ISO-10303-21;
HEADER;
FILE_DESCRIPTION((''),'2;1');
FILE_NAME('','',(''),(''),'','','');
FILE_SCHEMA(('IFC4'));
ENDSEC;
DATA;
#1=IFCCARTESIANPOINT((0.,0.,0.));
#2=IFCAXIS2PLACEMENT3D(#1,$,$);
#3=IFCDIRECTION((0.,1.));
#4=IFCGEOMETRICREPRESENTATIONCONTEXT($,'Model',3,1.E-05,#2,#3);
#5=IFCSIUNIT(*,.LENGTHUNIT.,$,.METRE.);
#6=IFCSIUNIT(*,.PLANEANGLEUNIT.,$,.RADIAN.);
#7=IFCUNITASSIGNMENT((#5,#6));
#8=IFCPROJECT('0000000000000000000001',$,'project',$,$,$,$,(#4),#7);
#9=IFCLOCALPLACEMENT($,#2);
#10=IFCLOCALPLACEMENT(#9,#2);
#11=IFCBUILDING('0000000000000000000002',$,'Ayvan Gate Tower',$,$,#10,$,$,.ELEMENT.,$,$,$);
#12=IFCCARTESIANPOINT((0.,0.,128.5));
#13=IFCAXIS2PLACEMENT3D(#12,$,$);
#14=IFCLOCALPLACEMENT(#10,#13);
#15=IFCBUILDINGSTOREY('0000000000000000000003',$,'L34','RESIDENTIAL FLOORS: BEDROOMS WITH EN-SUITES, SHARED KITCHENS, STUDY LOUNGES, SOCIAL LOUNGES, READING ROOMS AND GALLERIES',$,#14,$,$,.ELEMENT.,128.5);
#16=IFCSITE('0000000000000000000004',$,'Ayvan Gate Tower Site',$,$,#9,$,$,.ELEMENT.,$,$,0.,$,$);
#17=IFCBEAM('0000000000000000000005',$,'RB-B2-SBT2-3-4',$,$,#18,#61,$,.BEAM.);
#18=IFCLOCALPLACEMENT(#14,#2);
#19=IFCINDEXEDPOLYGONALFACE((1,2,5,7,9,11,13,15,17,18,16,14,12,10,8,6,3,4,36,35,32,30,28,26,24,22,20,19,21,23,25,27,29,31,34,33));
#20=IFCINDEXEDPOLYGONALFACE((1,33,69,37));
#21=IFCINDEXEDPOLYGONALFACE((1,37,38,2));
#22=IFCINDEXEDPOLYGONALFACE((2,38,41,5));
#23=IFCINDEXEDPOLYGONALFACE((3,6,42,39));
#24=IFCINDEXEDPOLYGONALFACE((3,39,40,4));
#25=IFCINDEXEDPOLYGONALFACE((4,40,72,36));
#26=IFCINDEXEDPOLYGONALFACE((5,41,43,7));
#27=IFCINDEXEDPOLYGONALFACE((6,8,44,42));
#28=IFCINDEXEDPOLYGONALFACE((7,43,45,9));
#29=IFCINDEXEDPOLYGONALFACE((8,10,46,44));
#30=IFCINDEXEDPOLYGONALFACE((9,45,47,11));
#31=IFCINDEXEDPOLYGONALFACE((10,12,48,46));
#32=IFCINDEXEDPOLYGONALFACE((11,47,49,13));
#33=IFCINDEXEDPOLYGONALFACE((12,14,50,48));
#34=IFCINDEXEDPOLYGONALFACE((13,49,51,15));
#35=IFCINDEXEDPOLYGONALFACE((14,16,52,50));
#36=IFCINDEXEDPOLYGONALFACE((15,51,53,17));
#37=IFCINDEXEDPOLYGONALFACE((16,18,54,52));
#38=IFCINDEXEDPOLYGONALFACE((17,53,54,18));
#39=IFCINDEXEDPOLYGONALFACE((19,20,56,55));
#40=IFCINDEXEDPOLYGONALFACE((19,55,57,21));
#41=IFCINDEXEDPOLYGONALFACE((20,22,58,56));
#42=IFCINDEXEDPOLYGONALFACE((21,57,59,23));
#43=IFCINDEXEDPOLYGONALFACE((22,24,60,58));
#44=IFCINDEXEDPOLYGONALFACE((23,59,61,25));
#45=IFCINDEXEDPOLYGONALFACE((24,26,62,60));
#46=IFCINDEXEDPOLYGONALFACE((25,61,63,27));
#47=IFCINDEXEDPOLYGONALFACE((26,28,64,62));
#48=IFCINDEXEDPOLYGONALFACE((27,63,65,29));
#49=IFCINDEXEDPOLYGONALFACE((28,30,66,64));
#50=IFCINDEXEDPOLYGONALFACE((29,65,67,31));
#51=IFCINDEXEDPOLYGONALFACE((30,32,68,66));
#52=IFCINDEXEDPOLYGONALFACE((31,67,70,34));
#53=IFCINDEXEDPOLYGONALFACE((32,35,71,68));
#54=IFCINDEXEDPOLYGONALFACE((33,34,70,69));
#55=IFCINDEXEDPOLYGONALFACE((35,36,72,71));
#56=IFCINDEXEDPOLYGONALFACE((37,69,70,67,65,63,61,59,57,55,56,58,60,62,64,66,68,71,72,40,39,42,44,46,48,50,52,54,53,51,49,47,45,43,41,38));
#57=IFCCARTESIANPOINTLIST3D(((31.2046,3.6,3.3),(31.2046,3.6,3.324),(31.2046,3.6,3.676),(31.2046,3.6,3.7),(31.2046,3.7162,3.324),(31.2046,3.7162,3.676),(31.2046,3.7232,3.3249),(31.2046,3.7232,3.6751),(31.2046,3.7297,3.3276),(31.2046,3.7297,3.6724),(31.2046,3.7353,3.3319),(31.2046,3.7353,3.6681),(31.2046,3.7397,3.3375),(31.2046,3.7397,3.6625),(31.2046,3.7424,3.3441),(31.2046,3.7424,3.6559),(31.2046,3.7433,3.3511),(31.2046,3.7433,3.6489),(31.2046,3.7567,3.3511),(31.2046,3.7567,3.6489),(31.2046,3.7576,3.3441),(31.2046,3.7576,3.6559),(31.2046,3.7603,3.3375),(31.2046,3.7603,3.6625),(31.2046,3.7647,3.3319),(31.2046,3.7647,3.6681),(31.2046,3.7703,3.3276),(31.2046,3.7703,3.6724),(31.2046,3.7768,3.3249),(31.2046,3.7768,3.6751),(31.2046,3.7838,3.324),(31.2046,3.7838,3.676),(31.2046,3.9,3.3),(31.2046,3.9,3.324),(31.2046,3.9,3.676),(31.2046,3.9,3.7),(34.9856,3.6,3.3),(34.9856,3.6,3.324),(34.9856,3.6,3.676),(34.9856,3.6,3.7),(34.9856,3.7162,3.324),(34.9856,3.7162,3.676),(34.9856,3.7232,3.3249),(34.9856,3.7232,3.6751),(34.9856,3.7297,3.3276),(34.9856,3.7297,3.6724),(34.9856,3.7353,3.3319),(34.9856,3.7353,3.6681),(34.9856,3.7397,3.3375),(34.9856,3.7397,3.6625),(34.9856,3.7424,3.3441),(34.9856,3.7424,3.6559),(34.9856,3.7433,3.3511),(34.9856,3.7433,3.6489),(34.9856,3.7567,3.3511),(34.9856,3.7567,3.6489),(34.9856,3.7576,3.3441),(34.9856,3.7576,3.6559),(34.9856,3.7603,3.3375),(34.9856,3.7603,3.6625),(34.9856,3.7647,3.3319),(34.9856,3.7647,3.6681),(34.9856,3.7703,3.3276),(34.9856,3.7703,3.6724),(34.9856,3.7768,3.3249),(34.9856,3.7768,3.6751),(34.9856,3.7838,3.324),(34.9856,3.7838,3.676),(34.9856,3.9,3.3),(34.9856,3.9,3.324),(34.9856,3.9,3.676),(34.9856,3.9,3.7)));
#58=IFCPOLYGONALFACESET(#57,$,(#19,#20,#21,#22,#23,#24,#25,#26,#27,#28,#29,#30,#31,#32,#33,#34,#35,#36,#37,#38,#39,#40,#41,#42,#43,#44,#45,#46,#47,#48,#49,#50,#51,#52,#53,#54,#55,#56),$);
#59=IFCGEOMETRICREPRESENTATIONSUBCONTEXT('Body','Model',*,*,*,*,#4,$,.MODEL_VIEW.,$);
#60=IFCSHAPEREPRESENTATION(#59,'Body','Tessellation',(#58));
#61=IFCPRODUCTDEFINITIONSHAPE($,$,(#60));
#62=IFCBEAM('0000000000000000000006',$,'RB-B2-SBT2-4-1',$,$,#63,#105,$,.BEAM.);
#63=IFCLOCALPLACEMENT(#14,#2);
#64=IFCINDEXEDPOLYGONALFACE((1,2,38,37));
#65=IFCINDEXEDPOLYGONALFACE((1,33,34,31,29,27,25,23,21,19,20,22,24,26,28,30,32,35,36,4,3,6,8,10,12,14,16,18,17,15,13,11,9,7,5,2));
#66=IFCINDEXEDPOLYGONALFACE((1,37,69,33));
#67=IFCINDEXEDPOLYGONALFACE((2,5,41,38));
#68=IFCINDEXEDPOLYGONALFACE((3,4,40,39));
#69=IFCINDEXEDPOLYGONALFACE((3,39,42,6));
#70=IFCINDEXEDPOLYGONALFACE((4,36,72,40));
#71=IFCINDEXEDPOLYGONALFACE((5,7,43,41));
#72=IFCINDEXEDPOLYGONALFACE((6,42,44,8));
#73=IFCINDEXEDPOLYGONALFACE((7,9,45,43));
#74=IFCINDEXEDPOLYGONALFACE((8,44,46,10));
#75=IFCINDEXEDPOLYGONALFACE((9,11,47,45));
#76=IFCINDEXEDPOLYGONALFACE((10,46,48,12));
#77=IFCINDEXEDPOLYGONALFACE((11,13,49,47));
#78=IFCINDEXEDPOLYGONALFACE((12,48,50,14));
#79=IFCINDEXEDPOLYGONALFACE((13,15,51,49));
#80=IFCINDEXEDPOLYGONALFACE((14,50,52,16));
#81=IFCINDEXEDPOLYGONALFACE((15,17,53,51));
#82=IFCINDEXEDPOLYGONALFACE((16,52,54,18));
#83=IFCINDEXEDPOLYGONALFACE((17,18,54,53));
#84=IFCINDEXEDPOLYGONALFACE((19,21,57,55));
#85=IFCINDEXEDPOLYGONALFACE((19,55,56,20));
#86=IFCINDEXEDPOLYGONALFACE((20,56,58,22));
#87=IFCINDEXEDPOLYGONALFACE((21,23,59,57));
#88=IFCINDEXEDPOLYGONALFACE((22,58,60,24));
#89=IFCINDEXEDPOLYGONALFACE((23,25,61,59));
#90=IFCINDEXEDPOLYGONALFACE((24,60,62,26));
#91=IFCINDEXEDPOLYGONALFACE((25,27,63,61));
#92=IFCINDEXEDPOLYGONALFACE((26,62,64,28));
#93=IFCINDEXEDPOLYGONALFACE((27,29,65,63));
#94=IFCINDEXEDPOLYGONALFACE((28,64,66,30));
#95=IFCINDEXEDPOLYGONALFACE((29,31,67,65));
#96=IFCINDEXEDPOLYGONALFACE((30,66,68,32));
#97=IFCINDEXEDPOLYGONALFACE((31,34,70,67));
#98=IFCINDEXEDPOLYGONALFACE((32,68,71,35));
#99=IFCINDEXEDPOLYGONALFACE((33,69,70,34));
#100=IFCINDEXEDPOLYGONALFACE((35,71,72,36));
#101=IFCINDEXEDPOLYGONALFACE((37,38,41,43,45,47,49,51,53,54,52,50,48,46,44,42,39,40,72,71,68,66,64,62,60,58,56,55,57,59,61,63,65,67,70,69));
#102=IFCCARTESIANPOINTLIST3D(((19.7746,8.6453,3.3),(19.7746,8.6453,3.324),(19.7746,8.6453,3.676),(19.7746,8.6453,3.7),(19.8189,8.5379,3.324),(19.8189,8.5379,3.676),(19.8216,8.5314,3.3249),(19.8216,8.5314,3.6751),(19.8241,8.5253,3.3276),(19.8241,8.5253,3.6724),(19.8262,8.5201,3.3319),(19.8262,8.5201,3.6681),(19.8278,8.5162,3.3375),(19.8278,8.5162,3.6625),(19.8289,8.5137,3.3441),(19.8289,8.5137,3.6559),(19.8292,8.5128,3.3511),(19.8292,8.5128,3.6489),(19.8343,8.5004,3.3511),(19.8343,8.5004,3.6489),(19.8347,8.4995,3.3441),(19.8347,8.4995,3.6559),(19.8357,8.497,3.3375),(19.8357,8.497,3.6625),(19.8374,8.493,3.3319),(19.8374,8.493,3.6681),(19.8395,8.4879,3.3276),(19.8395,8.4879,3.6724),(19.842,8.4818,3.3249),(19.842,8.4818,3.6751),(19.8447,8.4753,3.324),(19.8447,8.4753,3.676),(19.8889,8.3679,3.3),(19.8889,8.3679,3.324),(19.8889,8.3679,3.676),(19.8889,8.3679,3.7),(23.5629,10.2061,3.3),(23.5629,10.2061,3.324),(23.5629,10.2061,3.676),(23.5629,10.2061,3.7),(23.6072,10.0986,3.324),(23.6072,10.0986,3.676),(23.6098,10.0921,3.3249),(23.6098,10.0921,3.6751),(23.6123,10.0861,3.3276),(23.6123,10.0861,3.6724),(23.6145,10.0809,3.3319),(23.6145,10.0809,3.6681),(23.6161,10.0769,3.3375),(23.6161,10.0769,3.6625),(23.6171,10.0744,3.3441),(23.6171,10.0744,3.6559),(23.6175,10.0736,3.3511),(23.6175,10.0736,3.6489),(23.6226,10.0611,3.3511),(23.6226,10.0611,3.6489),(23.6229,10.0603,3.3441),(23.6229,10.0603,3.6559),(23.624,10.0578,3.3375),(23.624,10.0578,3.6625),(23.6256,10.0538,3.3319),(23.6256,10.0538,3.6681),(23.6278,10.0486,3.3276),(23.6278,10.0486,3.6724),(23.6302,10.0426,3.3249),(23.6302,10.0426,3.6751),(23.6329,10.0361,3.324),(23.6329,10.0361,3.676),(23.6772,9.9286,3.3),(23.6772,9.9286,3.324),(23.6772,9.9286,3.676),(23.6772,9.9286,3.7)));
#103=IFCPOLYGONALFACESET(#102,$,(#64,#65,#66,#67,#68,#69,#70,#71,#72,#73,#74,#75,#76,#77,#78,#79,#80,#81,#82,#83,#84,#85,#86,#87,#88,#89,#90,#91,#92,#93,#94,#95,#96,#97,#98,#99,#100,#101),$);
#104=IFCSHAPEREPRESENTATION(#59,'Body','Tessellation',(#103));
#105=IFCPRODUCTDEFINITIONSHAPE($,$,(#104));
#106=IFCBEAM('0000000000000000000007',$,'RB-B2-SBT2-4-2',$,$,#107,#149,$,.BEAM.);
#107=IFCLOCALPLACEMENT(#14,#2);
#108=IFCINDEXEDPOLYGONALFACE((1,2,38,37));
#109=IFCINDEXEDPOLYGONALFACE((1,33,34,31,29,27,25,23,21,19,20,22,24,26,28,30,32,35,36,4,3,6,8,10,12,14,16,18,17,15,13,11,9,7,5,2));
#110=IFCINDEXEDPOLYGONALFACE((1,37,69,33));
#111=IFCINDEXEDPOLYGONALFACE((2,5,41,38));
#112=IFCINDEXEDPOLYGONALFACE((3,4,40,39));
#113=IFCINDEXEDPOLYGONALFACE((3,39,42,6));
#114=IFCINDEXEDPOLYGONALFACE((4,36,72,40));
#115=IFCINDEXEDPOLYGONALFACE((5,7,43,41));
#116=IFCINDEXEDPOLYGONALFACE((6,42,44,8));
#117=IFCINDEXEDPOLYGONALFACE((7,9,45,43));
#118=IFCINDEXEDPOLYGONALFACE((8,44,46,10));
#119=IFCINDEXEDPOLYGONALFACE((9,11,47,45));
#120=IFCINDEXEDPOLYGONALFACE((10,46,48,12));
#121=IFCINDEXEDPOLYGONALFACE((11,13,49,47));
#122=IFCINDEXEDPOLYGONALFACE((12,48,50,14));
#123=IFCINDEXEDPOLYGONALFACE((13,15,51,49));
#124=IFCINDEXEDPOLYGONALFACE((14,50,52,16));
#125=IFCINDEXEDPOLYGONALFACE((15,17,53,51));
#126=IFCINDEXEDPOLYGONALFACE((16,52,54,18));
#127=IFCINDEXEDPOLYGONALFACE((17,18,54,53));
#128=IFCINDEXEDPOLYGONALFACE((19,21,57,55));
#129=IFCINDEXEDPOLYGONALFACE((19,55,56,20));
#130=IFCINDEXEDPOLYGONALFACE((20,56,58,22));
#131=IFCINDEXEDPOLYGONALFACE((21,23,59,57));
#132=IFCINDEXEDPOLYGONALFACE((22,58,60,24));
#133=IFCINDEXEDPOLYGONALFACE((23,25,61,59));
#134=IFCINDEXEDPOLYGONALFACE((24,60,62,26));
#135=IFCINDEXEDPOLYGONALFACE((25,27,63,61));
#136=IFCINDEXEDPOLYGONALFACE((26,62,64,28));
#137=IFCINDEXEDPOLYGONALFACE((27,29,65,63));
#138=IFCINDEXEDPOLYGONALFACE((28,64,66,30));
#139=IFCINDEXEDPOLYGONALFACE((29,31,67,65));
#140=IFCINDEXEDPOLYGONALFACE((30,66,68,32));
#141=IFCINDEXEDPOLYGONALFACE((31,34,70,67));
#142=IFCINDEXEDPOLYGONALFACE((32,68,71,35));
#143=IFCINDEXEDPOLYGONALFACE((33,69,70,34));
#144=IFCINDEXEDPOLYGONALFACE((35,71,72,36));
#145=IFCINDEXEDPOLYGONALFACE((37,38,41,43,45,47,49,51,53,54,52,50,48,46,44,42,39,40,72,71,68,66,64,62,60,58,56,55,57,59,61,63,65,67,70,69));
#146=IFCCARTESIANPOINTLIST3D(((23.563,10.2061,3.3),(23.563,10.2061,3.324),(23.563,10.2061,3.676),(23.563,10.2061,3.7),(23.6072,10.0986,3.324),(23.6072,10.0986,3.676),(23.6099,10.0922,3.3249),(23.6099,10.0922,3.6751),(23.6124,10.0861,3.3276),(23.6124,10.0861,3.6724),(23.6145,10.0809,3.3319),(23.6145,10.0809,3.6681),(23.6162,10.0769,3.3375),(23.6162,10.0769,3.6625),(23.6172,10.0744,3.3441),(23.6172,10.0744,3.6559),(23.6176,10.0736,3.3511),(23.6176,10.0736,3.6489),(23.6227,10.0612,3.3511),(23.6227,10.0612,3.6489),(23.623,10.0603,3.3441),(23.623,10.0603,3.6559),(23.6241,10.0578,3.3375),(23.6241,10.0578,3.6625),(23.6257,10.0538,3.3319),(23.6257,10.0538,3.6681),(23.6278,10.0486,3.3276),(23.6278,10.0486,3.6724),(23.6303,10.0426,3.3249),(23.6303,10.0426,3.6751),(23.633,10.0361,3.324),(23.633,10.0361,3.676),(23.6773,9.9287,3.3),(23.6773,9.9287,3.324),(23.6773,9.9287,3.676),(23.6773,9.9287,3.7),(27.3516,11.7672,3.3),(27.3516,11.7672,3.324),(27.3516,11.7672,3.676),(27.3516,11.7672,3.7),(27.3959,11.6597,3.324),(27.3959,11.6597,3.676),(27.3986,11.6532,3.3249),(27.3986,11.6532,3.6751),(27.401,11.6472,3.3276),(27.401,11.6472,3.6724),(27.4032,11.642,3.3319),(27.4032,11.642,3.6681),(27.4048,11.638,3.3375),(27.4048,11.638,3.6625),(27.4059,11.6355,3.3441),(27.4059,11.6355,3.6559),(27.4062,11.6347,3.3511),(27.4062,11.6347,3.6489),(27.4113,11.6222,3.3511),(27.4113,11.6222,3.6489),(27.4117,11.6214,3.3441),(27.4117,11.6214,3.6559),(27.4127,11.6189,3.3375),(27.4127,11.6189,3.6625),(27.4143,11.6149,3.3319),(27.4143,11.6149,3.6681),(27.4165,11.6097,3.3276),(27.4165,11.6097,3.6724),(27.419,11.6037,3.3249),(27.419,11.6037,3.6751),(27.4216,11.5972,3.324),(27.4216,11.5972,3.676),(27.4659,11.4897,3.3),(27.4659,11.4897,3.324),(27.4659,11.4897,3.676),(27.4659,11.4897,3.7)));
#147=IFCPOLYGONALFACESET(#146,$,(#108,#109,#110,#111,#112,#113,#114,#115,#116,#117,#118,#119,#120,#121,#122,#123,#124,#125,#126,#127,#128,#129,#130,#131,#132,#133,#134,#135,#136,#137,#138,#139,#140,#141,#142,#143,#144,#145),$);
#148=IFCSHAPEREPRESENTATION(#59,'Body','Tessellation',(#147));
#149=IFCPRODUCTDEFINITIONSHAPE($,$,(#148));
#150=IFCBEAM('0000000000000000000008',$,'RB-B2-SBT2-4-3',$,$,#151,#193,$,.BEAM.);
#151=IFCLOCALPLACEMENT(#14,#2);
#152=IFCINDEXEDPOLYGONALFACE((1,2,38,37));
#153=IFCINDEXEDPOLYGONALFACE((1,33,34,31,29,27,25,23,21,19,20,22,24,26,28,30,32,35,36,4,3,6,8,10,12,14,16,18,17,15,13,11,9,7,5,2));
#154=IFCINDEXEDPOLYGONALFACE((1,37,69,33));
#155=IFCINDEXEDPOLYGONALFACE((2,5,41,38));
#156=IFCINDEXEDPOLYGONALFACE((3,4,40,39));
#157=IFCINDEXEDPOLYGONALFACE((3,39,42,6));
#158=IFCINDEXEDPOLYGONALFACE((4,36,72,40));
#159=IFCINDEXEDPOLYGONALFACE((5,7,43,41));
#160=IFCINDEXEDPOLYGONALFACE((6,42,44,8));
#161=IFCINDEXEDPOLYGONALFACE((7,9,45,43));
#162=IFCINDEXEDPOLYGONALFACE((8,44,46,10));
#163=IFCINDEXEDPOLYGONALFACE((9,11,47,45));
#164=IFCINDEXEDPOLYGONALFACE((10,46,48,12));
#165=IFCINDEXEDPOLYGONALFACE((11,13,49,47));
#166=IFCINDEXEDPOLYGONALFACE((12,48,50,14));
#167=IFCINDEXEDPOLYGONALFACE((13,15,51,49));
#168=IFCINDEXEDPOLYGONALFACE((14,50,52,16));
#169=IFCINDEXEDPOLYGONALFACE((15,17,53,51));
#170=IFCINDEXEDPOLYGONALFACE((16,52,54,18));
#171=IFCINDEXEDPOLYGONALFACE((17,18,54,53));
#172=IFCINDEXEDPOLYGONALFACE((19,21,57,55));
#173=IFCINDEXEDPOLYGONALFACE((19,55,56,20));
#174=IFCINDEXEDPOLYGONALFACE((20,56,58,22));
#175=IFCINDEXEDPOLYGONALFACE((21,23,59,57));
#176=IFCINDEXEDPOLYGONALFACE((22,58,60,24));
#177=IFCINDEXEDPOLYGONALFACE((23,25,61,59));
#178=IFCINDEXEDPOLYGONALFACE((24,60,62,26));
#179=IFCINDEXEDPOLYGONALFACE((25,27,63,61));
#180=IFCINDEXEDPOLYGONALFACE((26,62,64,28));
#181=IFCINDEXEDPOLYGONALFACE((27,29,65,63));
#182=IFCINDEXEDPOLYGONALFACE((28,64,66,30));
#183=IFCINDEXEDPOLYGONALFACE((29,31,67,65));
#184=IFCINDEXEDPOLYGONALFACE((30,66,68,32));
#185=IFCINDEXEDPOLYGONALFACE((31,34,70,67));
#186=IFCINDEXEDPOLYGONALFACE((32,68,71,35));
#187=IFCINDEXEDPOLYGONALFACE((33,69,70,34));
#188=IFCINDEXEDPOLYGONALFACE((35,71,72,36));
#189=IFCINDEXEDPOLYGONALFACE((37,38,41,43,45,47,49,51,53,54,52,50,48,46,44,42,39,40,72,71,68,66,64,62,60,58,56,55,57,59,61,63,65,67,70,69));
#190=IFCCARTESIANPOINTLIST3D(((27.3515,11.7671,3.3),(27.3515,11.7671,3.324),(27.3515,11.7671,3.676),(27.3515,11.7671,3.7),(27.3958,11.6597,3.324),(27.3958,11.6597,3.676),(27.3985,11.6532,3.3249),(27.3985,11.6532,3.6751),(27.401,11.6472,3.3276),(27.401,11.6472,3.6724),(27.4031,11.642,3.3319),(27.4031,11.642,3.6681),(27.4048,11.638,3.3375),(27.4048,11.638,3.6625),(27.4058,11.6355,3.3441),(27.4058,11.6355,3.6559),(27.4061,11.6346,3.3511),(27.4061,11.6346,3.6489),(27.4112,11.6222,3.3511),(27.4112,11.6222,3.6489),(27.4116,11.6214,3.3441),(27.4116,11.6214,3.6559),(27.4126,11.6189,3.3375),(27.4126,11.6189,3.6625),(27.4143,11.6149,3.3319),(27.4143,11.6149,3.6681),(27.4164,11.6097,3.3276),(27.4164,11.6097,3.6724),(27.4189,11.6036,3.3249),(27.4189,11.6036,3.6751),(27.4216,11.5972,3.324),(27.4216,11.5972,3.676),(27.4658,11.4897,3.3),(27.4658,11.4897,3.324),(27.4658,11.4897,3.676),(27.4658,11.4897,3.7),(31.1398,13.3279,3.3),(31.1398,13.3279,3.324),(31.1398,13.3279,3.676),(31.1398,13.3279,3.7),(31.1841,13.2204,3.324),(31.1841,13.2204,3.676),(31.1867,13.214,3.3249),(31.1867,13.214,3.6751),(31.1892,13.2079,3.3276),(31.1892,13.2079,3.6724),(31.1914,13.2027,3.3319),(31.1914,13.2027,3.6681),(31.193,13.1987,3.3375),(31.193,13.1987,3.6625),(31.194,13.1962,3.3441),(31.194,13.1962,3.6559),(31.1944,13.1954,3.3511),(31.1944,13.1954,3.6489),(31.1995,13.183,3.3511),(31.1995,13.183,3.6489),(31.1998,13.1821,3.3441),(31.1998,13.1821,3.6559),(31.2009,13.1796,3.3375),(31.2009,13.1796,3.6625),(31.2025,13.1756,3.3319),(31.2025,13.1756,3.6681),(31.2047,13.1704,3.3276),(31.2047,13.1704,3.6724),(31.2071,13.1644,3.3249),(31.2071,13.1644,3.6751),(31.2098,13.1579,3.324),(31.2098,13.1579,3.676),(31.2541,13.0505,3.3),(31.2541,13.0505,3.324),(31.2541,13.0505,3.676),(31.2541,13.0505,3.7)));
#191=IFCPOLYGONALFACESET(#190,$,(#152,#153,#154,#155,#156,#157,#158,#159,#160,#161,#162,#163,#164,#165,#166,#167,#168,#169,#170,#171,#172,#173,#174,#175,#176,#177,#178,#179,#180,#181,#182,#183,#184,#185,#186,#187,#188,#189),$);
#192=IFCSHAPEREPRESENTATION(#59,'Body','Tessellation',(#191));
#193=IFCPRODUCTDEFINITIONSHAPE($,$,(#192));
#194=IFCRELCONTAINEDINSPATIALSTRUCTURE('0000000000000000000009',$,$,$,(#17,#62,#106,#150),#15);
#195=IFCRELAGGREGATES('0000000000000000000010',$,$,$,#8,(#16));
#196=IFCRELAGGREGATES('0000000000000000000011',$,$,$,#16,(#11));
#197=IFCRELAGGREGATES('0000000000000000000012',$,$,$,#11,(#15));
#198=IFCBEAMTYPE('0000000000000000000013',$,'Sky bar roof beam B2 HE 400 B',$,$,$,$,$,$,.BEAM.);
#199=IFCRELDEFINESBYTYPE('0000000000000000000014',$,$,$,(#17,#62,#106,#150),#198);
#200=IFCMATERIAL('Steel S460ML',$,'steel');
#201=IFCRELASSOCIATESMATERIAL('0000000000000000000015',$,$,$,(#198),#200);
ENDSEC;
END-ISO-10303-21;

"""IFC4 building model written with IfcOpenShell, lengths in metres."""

from ifc_helpers import new_model, si_unit, direction, frame, origin, origin_2d, place, context, subcontext, project, spatial, i_section, extrude, material, material_profile, profile_set, type_object, element, save


model = new_model("IFC4")

# Units and contexts
model_context = context("Model", 3, precision=1e-05, world=origin(), true_north=direction((0.0, 1.0)))
body_context = subcontext(model_context, "Body", "Model", "MODEL_VIEW")
ifc_project = project(units=[si_unit("LENGTHUNIT", "METRE"), si_unit("PLANEANGLEUNIT", "RADIAN")], contexts=[model_context])

# Site, building, storey
site_placement = place(None, origin())
site = spatial("IfcSite", under=ifc_project, at=site_placement, Name="Ayvan Gate Tower Site", CompositionType="ELEMENT", RefElevation=0.0)
building_placement = place(site_placement, origin())
building = spatial("IfcBuilding", under=site, at=building_placement, Name="Ayvan Gate Tower", CompositionType="ELEMENT")
storey_placement = place(building_placement, frame((0.0, 0.0, 128.5)))
storey = spatial("IfcBuildingStorey", under=building, at=storey_placement, Name="L34", Description="RESIDENTIAL FLOORS: BEDROOMS WITH EN-SUITES, SHARED KITCHENS, STUDY LOUNGES, SOCIAL LOUNGES, READING ROOMS AND GALLERIES", CompositionType="ELEMENT", Elevation=128.5)

# Beams
ifc_material_1 = material(Name="Steel S460ML", Category="steel")
ifc_material_profile_1 = material_profile(ifc_material_1, i_section(OverallWidth=0.3, OverallDepth=0.3999, WebThickness=0.0134, FlangeThickness=0.0239, FilletRadius=0.0271, at=origin_2d()), Name="HE 400 B")
ifc_profile_set_1 = profile_set([ifc_material_profile_1], Name="Steel S460ML")
beam_type_1 = type_object("IfcBeamType", Name="Sky bar roof beam B2 HE 400 B", PredefinedType="BEAM", material=ifc_profile_set_1)
beam_1_placement = place(storey_placement, frame((31.2046, 3.75, 3.5), z_axis=(1.0, 0.0, 0.0), x_axis=(0.0, 1.0, 0.0)))
element("IfcBeam", 1, at=beam_1_placement, inside=storey, type_object=beam_type_1, Name="RB-B2-SBT2-3-4", PredefinedType="BEAM", context=body_context, shape_type="SweptSolid", body=[
    extrude(i_section(OverallWidth=0.3, OverallDepth=0.3999, WebThickness=0.0134, FlangeThickness=0.0239, FilletRadius=0.0271, at=origin_2d()), origin(), (0.0, 0.0, 1.0), 3.781),
])
beam_2_placement = place(storey_placement, frame((19.8318, 8.5066, 3.5), z_axis=(0.924602, 0.380936, 0.0), x_axis=(-0.380936, 0.924602, 0.0)))
element("IfcBeam", 2, at=beam_2_placement, inside=storey, type_object=beam_type_1, Name="RB-B2-SBT2-4-1", PredefinedType="BEAM", context=body_context, shape_type="SweptSolid", body=[
    extrude(i_section(OverallWidth=0.3, OverallDepth=0.3999, WebThickness=0.0134, FlangeThickness=0.0239, FilletRadius=0.0271, at=origin_2d()), origin(), (0.0, 0.0, 1.0), 4.0972),
])
beam_3_placement = place(storey_placement, frame((23.6201, 10.0674, 3.5), z_axis=(0.924589, 0.380966, 0.0), x_axis=(-0.380966, 0.924589, 0.0)))
element("IfcBeam", 3, at=beam_3_placement, inside=storey, type_object=beam_type_1, Name="RB-B2-SBT2-4-2", PredefinedType="BEAM", context=body_context, shape_type="SweptSolid", body=[
    extrude(i_section(OverallWidth=0.3, OverallDepth=0.3999, WebThickness=0.0134, FlangeThickness=0.0239, FilletRadius=0.0271, at=origin_2d()), origin(), (0.0, 0.0, 1.0), 4.0977),
])
beam_4_placement = place(storey_placement, frame((27.4087, 11.6284, 3.5), z_axis=(0.924602, 0.380936, 0.0), x_axis=(-0.380936, 0.924602, 0.0)))
element("IfcBeam", 4, at=beam_4_placement, inside=storey, type_object=beam_type_1, Name="RB-B2-SBT2-4-3", PredefinedType="BEAM", context=body_context, shape_type="SweptSolid", body=[
    extrude(i_section(OverallWidth=0.3, OverallDepth=0.3999, WebThickness=0.0134, FlangeThickness=0.0239, FilletRadius=0.0271, at=origin_2d()), origin(), (0.0, 0.0, 1.0), 4.0972),
])

save(model, "model.ifc")
